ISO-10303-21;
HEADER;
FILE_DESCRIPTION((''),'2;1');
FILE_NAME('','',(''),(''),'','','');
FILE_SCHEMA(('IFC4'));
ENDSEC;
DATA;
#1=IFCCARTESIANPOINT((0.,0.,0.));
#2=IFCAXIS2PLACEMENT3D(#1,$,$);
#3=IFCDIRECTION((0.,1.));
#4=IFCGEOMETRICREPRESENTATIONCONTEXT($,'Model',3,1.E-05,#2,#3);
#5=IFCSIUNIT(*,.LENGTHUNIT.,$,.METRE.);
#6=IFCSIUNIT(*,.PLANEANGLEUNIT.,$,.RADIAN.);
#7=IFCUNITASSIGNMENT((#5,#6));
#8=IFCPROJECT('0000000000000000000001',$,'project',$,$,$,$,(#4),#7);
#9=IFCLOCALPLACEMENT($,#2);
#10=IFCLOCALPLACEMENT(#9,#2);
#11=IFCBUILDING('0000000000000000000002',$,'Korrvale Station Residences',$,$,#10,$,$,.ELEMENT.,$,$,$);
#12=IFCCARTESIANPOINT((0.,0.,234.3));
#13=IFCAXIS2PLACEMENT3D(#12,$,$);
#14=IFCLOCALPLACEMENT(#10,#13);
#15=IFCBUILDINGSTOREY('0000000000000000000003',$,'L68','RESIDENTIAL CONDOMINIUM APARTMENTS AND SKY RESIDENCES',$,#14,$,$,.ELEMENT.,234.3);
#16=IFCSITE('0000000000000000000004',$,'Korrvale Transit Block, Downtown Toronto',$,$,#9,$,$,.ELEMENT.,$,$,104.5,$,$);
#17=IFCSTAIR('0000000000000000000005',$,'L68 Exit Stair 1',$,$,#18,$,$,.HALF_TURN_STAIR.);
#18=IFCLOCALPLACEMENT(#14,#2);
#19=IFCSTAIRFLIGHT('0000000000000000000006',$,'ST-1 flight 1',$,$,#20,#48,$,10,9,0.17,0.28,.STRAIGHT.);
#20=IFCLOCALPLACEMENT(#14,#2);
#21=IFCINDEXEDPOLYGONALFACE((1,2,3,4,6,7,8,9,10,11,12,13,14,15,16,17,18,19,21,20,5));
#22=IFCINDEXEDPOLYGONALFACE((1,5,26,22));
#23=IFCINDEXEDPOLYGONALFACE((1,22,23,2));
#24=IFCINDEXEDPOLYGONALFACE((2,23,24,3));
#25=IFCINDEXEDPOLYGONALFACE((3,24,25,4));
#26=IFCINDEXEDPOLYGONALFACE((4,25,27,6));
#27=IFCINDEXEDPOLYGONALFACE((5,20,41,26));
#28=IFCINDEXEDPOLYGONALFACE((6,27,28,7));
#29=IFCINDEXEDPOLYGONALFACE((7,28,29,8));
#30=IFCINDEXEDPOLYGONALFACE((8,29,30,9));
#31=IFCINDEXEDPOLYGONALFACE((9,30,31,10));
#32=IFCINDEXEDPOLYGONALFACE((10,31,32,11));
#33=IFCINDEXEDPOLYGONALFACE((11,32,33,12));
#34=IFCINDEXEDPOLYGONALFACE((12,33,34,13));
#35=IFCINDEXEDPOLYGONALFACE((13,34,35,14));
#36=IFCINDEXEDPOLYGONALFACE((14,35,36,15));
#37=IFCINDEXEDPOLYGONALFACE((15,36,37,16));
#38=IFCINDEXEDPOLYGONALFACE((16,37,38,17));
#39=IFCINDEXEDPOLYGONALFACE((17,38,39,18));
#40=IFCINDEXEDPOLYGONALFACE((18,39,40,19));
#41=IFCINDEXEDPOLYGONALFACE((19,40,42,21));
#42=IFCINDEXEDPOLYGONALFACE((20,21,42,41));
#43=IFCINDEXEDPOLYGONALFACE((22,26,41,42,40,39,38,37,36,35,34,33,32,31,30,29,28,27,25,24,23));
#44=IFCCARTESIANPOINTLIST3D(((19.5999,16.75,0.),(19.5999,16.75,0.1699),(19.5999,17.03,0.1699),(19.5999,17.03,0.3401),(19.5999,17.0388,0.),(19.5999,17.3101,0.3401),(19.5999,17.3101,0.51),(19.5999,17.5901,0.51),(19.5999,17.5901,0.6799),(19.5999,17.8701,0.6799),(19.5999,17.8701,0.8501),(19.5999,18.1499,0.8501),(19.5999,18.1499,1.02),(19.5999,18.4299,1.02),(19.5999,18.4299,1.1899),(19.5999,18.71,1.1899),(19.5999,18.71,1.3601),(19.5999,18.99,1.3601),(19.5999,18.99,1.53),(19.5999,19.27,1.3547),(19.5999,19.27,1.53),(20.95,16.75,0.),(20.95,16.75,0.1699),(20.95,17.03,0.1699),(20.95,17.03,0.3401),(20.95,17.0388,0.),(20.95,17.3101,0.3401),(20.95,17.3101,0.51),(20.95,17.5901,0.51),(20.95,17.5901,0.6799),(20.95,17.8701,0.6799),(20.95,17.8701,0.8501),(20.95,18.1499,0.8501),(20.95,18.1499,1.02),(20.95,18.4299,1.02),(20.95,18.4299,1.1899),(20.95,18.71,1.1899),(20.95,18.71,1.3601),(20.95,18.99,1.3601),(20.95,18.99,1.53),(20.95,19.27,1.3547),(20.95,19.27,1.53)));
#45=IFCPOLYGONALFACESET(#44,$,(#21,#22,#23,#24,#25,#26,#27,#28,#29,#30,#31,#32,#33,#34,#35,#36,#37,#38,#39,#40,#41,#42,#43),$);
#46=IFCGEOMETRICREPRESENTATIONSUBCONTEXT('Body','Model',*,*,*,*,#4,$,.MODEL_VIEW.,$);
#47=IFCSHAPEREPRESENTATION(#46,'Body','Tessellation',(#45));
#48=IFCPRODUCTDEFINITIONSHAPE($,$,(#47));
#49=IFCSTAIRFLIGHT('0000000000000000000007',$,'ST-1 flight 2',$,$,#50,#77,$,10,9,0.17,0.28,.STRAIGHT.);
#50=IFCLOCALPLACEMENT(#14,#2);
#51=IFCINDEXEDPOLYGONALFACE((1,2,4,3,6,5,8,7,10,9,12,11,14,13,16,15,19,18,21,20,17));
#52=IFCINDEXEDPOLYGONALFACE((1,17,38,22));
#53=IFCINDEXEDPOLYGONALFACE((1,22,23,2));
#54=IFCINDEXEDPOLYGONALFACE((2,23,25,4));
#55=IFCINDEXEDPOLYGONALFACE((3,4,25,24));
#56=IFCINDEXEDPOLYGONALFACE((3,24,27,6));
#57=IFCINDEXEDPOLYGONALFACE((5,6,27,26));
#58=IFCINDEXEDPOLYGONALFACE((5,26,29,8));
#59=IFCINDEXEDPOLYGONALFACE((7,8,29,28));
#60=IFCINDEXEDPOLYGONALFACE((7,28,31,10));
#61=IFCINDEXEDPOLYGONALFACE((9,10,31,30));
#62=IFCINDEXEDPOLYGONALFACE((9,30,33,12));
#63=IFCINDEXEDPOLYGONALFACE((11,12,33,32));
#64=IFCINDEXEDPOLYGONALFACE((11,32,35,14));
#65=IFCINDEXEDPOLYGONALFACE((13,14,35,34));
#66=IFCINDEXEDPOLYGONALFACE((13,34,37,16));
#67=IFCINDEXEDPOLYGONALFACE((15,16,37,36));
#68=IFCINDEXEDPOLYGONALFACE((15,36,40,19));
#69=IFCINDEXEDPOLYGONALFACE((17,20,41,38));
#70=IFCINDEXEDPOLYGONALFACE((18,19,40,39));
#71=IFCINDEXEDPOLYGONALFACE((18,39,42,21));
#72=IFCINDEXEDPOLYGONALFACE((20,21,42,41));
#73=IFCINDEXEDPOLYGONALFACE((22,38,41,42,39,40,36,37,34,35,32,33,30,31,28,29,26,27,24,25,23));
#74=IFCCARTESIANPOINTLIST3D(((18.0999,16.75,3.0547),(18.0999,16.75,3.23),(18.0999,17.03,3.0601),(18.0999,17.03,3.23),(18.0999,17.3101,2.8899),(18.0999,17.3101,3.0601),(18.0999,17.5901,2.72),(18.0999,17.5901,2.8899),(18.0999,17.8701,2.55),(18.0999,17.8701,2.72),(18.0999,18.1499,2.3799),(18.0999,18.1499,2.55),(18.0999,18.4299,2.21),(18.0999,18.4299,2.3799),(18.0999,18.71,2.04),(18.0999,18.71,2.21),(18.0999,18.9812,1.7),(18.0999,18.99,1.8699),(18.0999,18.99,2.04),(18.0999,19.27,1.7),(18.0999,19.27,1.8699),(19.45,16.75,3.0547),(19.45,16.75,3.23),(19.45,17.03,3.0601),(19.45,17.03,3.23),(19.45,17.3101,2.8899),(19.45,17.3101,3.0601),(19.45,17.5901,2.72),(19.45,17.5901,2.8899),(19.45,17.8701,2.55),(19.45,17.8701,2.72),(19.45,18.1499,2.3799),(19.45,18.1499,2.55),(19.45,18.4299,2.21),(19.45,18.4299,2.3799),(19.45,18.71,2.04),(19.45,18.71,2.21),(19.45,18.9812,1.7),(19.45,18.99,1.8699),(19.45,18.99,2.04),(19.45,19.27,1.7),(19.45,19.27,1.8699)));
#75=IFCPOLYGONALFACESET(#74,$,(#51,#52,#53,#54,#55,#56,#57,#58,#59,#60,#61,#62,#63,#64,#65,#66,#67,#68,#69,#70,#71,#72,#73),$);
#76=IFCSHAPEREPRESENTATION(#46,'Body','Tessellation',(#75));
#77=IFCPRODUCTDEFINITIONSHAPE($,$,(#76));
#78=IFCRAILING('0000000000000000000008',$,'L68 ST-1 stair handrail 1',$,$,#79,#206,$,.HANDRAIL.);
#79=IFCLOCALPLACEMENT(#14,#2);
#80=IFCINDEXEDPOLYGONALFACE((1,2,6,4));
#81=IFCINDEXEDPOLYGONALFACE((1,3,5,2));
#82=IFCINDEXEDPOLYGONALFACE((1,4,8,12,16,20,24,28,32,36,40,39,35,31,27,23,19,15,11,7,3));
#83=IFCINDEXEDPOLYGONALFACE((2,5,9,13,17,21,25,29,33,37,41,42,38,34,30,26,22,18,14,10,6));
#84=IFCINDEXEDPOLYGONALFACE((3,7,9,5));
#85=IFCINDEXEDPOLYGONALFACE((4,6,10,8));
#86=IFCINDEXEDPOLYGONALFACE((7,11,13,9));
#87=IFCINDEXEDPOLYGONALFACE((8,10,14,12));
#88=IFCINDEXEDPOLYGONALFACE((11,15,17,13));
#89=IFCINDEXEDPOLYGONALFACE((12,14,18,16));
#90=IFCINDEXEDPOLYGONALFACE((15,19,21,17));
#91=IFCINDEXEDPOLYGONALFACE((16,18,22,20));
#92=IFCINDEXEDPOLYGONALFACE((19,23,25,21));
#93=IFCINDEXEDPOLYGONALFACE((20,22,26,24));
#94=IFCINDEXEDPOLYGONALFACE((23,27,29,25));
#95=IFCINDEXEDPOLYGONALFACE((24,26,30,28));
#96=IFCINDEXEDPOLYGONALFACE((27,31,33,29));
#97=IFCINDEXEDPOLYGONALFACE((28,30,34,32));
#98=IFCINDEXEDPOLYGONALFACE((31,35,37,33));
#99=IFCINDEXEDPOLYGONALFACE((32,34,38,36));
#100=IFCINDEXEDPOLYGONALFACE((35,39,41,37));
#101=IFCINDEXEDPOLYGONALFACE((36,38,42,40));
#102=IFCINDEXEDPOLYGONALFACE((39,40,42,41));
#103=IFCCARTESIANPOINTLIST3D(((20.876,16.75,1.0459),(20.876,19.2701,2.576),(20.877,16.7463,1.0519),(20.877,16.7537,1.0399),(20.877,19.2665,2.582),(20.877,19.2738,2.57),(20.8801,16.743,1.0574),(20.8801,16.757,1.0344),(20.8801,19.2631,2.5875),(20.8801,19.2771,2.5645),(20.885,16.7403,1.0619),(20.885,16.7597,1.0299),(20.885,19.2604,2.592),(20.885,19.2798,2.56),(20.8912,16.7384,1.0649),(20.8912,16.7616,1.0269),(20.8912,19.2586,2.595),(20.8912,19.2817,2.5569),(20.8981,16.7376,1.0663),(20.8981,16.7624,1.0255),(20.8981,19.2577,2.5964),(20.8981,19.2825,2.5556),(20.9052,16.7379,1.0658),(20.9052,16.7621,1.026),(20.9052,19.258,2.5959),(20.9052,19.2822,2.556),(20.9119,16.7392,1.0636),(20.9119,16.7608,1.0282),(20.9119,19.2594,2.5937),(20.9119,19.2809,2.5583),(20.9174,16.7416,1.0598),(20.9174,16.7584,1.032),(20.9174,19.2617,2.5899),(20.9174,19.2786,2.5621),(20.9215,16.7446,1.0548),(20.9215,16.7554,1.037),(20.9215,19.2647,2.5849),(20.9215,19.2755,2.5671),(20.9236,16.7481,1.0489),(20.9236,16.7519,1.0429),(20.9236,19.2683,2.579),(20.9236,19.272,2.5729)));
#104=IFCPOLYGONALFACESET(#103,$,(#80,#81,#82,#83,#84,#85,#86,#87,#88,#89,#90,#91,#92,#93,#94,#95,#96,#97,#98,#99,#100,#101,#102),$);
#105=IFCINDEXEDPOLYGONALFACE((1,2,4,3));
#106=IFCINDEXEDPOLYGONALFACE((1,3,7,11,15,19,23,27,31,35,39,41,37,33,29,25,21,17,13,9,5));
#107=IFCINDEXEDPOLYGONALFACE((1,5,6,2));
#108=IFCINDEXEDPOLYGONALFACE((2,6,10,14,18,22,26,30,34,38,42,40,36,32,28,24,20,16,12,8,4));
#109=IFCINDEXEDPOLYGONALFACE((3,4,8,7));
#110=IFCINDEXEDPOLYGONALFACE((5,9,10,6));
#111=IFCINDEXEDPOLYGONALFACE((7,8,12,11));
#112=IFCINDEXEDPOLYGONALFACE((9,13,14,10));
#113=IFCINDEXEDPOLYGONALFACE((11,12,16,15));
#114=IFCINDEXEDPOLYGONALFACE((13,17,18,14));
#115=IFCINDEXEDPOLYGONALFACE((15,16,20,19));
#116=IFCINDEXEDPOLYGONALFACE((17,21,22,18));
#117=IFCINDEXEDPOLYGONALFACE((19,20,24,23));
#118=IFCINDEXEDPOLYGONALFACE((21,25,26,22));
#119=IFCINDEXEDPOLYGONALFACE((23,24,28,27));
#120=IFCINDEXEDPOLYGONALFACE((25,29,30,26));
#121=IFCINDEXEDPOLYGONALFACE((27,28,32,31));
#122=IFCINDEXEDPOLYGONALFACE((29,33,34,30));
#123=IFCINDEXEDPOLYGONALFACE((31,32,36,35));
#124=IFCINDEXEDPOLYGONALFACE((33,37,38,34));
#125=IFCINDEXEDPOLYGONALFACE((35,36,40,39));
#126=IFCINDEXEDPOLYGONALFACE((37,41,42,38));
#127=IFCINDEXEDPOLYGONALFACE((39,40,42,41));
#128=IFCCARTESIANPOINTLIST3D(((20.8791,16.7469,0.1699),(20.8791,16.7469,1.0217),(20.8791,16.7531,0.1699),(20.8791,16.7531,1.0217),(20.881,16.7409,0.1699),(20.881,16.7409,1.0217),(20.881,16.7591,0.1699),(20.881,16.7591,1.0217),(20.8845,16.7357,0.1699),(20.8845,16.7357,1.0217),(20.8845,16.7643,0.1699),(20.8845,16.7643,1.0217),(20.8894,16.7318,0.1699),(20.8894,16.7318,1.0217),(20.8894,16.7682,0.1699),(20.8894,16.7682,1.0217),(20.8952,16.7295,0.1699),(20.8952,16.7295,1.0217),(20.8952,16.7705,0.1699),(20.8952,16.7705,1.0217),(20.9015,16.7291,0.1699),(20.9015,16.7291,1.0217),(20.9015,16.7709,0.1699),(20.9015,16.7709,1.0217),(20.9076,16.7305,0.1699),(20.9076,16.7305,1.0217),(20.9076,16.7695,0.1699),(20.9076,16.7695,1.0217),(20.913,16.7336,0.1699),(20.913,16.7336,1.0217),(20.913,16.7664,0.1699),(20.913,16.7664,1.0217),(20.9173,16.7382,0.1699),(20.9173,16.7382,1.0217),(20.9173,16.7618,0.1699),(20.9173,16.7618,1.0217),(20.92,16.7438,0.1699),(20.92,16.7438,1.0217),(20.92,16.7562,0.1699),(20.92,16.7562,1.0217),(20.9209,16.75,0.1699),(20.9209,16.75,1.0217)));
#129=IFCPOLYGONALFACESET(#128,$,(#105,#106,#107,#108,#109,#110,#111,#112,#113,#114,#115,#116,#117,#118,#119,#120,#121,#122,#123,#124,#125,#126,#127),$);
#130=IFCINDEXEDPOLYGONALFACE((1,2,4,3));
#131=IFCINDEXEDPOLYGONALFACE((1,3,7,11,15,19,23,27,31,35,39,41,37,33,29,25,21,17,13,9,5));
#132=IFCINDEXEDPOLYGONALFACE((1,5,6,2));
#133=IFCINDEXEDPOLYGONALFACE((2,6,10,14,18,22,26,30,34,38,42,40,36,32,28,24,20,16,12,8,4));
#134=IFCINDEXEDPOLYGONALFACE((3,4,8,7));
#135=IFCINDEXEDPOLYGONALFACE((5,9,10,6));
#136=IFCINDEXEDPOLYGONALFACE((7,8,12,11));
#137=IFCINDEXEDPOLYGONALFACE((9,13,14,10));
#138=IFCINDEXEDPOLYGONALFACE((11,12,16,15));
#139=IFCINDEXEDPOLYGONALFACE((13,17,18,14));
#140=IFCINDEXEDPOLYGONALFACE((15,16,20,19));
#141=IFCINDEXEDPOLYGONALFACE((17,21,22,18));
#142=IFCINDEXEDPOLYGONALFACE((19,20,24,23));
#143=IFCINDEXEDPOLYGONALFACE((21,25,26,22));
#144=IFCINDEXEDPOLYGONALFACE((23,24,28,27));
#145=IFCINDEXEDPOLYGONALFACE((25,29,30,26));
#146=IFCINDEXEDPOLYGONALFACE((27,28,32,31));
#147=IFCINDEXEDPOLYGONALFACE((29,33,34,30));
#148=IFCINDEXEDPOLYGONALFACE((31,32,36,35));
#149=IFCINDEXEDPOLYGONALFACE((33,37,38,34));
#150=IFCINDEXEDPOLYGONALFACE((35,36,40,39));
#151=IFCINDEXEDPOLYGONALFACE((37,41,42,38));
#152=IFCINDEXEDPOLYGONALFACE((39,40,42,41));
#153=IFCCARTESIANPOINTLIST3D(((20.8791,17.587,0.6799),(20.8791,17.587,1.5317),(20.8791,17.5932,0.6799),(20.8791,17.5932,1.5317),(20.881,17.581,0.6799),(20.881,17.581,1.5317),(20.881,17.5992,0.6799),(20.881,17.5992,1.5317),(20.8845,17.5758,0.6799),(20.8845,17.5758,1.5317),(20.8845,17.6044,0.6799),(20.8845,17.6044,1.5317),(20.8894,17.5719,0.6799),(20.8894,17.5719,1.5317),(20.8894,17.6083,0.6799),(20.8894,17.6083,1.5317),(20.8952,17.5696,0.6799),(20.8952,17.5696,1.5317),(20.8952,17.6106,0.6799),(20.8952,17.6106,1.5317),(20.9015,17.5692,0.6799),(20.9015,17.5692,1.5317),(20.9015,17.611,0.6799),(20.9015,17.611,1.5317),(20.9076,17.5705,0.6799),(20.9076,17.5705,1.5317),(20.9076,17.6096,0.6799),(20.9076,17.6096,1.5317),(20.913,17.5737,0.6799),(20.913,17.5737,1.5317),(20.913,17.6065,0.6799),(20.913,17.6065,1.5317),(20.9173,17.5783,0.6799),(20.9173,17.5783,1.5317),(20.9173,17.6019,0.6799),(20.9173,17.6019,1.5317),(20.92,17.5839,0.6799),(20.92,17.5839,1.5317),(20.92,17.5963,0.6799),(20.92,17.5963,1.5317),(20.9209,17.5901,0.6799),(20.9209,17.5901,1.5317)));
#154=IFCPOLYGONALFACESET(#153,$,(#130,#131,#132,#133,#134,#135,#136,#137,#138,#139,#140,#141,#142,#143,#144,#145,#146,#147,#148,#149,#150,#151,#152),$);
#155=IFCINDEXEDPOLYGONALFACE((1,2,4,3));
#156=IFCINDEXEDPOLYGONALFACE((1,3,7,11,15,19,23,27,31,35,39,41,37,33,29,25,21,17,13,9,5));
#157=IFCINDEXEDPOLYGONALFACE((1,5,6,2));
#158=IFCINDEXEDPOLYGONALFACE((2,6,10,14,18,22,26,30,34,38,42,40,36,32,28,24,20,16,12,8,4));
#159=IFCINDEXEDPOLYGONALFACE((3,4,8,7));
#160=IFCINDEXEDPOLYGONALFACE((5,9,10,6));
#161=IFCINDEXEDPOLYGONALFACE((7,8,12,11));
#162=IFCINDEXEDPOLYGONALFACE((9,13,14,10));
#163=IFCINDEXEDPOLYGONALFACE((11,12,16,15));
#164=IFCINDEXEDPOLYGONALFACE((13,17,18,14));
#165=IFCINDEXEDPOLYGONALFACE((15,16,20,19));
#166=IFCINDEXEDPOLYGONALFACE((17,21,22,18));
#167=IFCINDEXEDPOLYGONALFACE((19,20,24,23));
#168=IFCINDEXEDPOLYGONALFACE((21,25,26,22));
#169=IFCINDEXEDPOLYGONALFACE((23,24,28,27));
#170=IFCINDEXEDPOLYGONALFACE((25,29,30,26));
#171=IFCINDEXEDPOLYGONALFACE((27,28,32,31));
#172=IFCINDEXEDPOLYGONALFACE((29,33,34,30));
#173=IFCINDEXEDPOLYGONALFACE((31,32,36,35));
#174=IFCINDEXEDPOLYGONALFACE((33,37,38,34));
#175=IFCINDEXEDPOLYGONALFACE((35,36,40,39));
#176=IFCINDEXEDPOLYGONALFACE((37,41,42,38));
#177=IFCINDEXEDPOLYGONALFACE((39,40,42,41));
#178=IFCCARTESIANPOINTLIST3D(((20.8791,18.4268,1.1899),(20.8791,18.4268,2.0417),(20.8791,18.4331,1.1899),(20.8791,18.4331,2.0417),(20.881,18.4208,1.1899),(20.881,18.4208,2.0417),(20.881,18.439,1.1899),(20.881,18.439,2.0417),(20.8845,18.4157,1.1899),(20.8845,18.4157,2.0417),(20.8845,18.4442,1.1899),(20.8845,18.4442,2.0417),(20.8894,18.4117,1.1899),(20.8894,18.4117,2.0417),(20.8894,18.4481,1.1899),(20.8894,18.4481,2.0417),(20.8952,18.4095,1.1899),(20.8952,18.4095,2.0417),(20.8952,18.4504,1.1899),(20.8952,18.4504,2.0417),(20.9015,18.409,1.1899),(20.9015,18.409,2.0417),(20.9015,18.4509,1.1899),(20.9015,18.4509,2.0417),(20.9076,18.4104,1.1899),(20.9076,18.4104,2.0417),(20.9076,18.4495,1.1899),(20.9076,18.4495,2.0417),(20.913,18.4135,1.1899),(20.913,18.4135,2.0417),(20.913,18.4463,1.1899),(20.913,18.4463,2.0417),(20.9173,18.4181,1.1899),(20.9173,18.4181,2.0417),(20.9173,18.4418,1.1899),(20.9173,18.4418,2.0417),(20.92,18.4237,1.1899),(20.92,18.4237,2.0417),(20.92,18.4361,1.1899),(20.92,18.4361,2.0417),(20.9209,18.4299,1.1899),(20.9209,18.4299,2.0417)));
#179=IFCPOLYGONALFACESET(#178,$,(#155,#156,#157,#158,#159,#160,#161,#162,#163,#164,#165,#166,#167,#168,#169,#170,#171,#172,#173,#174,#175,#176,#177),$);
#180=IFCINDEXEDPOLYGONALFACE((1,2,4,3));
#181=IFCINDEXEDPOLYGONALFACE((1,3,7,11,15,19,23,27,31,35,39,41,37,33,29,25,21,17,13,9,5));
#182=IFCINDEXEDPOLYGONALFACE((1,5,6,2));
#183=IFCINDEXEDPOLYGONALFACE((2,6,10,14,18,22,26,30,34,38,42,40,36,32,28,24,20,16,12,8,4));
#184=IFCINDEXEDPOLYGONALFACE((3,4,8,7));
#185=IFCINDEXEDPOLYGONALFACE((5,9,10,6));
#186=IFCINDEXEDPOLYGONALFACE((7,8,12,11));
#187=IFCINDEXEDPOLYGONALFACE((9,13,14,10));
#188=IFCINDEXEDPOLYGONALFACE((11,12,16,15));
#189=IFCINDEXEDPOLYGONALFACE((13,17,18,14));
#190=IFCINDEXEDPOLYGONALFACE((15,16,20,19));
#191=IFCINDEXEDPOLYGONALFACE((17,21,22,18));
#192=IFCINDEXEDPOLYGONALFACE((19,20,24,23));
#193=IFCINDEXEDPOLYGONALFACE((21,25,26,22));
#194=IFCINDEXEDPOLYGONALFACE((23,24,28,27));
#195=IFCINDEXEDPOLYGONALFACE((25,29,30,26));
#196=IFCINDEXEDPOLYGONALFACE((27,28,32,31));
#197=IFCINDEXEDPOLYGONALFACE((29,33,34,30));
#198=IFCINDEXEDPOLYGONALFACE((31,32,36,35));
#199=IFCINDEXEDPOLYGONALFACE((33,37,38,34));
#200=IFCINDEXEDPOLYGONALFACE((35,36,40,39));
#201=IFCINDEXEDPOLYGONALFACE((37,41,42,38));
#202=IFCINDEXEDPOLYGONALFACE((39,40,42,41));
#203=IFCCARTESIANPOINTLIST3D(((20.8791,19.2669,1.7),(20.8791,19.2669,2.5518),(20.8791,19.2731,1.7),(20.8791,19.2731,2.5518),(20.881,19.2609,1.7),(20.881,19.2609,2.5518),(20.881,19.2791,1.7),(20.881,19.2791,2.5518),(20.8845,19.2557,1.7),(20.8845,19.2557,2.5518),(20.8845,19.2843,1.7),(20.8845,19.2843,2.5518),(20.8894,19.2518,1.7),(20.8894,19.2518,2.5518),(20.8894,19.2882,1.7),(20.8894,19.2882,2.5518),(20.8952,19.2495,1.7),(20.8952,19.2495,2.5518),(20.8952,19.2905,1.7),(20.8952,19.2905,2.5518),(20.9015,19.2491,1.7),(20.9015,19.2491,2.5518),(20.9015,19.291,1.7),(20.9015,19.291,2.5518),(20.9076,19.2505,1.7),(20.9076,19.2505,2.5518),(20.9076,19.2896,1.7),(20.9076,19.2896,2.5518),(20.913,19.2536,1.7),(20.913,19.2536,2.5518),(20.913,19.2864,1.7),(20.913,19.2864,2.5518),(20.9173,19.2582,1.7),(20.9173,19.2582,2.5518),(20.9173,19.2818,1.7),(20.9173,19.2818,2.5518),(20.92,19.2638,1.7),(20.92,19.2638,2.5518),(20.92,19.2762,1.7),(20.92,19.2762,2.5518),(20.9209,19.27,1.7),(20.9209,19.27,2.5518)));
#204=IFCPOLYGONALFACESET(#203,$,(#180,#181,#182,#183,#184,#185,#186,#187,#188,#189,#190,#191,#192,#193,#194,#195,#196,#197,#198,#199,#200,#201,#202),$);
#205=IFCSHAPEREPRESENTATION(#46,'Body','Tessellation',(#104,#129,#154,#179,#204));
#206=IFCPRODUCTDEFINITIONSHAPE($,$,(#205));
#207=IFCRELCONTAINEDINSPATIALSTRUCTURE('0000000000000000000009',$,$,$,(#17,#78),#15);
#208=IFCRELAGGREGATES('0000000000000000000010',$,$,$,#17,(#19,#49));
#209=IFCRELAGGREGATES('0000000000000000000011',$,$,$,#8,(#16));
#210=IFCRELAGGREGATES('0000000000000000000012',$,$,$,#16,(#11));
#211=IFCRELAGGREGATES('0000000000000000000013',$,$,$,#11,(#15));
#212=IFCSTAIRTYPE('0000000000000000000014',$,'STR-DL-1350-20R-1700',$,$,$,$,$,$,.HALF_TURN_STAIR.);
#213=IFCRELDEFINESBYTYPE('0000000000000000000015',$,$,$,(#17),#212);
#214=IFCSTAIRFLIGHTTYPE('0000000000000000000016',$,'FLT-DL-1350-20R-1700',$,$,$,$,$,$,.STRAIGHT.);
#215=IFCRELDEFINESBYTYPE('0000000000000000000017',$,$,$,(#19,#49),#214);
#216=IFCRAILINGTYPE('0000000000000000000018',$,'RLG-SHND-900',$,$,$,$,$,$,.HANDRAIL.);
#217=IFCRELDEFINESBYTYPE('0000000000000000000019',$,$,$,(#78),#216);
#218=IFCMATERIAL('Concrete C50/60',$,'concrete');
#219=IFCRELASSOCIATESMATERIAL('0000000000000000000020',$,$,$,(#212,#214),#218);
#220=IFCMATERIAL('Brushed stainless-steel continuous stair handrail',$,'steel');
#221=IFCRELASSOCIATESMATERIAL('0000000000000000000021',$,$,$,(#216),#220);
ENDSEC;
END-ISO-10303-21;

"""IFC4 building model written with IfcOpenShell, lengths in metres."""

from ifc_helpers import new_model, si_unit, direction, frame, origin, origin_2d, place, context, subcontext, project, spatial, polyline, circle, outline, extrude, material, type_object, element, aggregate, save


model = new_model("IFC4")

# Units and contexts
model_context = context("Model", 3, precision=1e-05, world=origin(), true_north=direction((0.0, 1.0)))
body_context = subcontext(model_context, "Body", "Model", "MODEL_VIEW")
ifc_project = project(units=[si_unit("LENGTHUNIT", "METRE"), si_unit("PLANEANGLEUNIT", "RADIAN")], contexts=[model_context])

# Site, building, storey
site_placement = place(None, origin())
site = spatial("IfcSite", under=ifc_project, at=site_placement, Name="Korrvale Transit Block, Downtown Toronto", CompositionType="ELEMENT", RefElevation=104.5)
building_placement = place(site_placement, origin())
building = spatial("IfcBuilding", under=site, at=building_placement, Name="Korrvale Station Residences", CompositionType="ELEMENT")
storey_placement = place(building_placement, frame((0.0, 0.0, 234.3)))
storey = spatial("IfcBuildingStorey", under=building, at=storey_placement, Name="L68", Description="RESIDENTIAL CONDOMINIUM APARTMENTS AND SKY RESIDENCES", CompositionType="ELEMENT", Elevation=234.3)

# Shared definitions
ifc_material_1 = material(Name="Concrete C50/60", Category="concrete")

# Stair, stair flights
stair_type = type_object("IfcStairType", Name="STR-DL-1350-20R-1700", PredefinedType="HALF_TURN_STAIR", material=ifc_material_1)
stair_placement = place(storey_placement, origin())
stair = element("IfcStair", 1, at=stair_placement, inside=storey, type_object=stair_type, Name="L68 Exit Stair 1", PredefinedType="HALF_TURN_STAIR")
stair_flight_type = type_object("IfcStairFlightType", Name="FLT-DL-1350-20R-1700", PredefinedType="STRAIGHT", material=ifc_material_1)
stair_flight_1_placement = place(storey_placement, frame((20.2749, 16.75, 0.0), z_axis=(0.0, 0.0, 1.0), x_axis=(0.0, 1.0, 0.0)))
stair_flight_1 = element("IfcStairFlight", 2, at=stair_flight_1_placement, type_object=stair_flight_type, Name="ST-1 flight 1", NumberOfRisers=10, NumberOfTreads=9, PredefinedType="STRAIGHT", RiserHeight=0.17, TreadLength=0.28, context=body_context, shape_type="SweptSolid", body=[
    extrude(outline(polyline([(0.0, 0.0), (0.0, 0.1699), (0.28, 0.1699), (0.28, 0.3401), (0.5601, 0.3401), (0.5601, 0.51), (0.8401, 0.51), (0.8401, 0.6799), (1.1201, 0.6799), (1.1201, 0.8501), (1.3999, 0.8501), (1.3999, 1.02), (1.6799, 1.02), (1.6799, 1.1899), (1.96, 1.1899), (1.96, 1.3601), (2.24, 1.3601), (2.24, 1.53), (2.52, 1.53), (2.52, 1.7), (2.52, 1.3547), (0.2888, 0.0), (0.0, 0.0)])), frame((0.0, 0.675, 0.0), z_axis=(0.0, -1.0, 0.0), x_axis=(1.0, 0.0, 0.0)), (0.0, 0.0, 1.0), 1.3501),
])
stair_flight_2_placement = place(storey_placement, frame((18.7749, 19.27, 1.7), z_axis=(0.0, 0.0, 1.0), x_axis=(0.0, -1.0, 0.0)))
stair_flight_2 = element("IfcStairFlight", 3, at=stair_flight_2_placement, type_object=stair_flight_type, Name="ST-1 flight 2", NumberOfRisers=10, NumberOfTreads=9, PredefinedType="STRAIGHT", RiserHeight=0.17, TreadLength=0.28, context=body_context, shape_type="SweptSolid", body=[
    extrude(outline(polyline([(0.0, 0.0), (0.0, 0.1699), (0.28, 0.1699), (0.28, 0.3401), (0.5601, 0.3401), (0.5601, 0.51), (0.8401, 0.51), (0.8401, 0.6799), (1.1201, 0.6799), (1.1201, 0.8501), (1.3999, 0.8501), (1.3999, 1.02), (1.6799, 1.02), (1.6799, 1.1899), (1.96, 1.1899), (1.96, 1.3601), (2.24, 1.3601), (2.24, 1.53), (2.52, 1.53), (2.52, 1.7), (2.52, 1.3547), (0.2888, 0.0), (0.0, 0.0)])), frame((0.0, 0.675, 0.0), z_axis=(0.0, -1.0, 0.0), x_axis=(1.0, 0.0, 0.0)), (0.0, 0.0, 1.0), 1.3501),
])
aggregate(stair, [stair_flight_1, stair_flight_2])

# Railing
ifc_material_2 = material(Name="Brushed stainless-steel continuous stair handrail", Category="steel")
railing_type_1 = type_object("IfcRailingType", Name="RLG-SHND-900", PredefinedType="HANDRAIL", material=ifc_material_2)
railing_1_placement = place(storey_placement, frame((20.8999, 16.75, 0.1699)))
element("IfcRailing", 4, at=railing_1_placement, inside=storey, type_object=railing_type_1, Name="L68 ST-1 stair handrail 1", PredefinedType="HANDRAIL", context=body_context, shape_type="SweptSolid", body=[
    extrude(circle(Radius=0.0239, at=origin_2d()), frame((0.0, 0.0, 0.876), z_axis=(0.0, 0.854785, 0.518982), x_axis=(-1.0, 0.0, 0.0)), (0.0, 0.0, 1.0), 2.9482),
    extrude(circle(Radius=0.021, at=origin_2d()), origin(), (0.0, 0.0, 1.0), 0.8518),
    extrude(circle(Radius=0.021, at=origin_2d()), frame((0.0, 0.8401, 0.51)), (0.0, 0.0, 1.0), 0.8518),
    extrude(circle(Radius=0.021, at=origin_2d()), frame((0.0, 1.6799, 1.02)), (0.0, 0.0, 1.0), 0.8518),
    extrude(circle(Radius=0.021, at=origin_2d()), frame((0.0, 2.52, 1.53)), (0.0, 0.0, 1.0), 0.8518),
])

save(model, "model.ifc")
